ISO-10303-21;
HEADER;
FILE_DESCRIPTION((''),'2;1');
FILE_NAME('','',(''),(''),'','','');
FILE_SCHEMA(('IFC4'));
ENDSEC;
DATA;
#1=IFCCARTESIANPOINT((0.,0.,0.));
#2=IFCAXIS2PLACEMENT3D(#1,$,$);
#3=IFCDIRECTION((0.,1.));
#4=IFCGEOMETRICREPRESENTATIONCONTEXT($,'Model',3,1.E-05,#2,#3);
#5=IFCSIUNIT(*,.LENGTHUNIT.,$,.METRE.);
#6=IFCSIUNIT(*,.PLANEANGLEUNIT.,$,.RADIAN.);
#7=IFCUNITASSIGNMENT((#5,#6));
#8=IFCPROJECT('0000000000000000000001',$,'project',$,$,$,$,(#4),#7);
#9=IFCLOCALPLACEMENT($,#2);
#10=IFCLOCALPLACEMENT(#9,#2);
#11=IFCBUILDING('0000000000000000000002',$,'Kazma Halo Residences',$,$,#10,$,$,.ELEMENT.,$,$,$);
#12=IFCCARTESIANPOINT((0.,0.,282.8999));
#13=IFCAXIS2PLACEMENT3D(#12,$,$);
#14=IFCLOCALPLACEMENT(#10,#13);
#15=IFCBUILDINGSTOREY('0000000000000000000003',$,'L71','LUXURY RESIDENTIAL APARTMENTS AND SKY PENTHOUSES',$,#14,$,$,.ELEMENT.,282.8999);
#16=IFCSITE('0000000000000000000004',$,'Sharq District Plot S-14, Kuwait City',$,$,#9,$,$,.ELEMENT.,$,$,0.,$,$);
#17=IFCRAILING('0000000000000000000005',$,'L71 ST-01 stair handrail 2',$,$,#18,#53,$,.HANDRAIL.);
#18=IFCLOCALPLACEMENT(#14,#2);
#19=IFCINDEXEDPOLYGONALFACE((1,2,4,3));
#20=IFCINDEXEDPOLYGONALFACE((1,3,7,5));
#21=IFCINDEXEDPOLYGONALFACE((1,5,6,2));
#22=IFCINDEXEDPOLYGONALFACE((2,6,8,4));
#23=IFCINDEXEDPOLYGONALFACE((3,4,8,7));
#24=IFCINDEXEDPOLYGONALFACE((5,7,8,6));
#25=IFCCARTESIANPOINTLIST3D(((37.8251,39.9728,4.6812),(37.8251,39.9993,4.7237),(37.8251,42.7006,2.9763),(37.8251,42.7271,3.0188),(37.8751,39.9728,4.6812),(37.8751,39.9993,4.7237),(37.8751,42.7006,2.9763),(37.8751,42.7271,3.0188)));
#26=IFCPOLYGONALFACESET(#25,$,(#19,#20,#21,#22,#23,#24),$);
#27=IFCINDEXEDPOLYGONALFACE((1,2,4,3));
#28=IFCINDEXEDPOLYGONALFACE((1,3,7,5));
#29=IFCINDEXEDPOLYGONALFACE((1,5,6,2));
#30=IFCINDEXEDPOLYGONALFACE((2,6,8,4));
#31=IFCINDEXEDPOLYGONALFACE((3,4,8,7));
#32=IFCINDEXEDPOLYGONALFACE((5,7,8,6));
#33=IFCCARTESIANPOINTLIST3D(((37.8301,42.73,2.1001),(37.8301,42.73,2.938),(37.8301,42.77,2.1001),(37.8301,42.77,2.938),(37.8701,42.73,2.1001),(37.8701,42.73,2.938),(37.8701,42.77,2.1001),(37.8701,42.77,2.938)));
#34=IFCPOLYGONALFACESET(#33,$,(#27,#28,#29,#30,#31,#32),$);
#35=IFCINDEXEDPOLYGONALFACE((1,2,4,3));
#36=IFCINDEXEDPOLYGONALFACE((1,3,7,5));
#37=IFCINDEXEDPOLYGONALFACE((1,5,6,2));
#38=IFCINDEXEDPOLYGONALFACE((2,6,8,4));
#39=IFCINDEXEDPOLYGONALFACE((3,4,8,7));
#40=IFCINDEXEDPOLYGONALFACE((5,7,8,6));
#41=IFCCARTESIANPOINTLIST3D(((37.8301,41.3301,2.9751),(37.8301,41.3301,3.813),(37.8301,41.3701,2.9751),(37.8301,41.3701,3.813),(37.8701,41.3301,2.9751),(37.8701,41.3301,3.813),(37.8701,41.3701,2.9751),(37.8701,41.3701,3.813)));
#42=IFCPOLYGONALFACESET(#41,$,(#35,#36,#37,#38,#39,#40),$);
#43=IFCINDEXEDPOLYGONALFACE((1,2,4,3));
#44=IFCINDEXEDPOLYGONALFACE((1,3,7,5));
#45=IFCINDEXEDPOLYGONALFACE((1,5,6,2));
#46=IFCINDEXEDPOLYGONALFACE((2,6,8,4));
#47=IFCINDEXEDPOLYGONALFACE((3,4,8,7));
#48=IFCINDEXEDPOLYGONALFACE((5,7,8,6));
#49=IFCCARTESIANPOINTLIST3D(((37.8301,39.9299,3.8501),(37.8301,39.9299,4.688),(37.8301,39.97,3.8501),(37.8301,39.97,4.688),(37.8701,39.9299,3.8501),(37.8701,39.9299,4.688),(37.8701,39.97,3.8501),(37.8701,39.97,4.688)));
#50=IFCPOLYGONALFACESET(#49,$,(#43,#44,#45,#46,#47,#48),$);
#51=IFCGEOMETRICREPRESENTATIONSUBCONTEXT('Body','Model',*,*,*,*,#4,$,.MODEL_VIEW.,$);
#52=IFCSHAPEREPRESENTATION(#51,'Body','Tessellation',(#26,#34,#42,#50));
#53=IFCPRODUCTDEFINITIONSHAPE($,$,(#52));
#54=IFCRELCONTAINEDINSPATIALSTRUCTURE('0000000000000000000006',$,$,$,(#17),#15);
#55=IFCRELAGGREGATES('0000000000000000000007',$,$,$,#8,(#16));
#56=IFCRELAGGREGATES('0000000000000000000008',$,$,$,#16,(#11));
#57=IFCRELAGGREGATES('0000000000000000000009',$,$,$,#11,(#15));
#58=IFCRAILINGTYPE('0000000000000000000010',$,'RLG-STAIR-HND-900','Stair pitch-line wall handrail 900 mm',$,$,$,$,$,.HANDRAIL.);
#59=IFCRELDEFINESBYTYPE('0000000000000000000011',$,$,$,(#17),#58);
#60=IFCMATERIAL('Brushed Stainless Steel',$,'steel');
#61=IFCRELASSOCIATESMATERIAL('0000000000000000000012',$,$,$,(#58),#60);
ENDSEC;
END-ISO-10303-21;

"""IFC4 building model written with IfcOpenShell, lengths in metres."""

from ifc_helpers import new_model, si_unit, direction, frame, origin, origin_2d, place, context, subcontext, project, spatial, rectangle, extrude, material, type_object, element, save


model = new_model("IFC4")

# Units and contexts
model_context = context("Model", 3, precision=1e-05, world=origin(), true_north=direction((0.0, 1.0)))
body_context = subcontext(model_context, "Body", "Model", "MODEL_VIEW")
ifc_project = project(units=[si_unit("LENGTHUNIT", "METRE"), si_unit("PLANEANGLEUNIT", "RADIAN")], contexts=[model_context])

# Site, building, storey
site_placement = place(None, origin())
site = spatial("IfcSite", under=ifc_project, at=site_placement, Name="Sharq District Plot S-14, Kuwait City", CompositionType="ELEMENT", RefElevation=0.0)
building_placement = place(site_placement, origin())
building = spatial("IfcBuilding", under=site, at=building_placement, Name="Kazma Halo Residences", CompositionType="ELEMENT")
storey_placement = place(building_placement, frame((0.0, 0.0, 282.8999)))
storey = spatial("IfcBuildingStorey", under=building, at=storey_placement, Name="L71", Description="LUXURY RESIDENTIAL APARTMENTS AND SKY PENTHOUSES", CompositionType="ELEMENT", Elevation=282.8999)

# Railing
ifc_material_1 = material(Name="Brushed Stainless Steel", Category="steel")
railing_type_1 = type_object("IfcRailingType", Name="RLG-STAIR-HND-900", Description="Stair pitch-line wall handrail 900 mm", PredefinedType="HANDRAIL", material=ifc_material_1)
railing_1_placement = place(storey_placement, frame((37.8501, 42.75, 2.1001)))
element("IfcRailing", 1, at=railing_1_placement, inside=storey, type_object=railing_type_1, Name="L71 ST-01 stair handrail 2", PredefinedType="HANDRAIL", context=body_context, shape_type="SweptSolid", body=[
    extrude(rectangle(XDim=0.05, YDim=0.05, at=origin_2d()), frame((0.0, -0.0361, 0.8975), z_axis=(0.0, -0.848002, 0.529992), x_axis=(1.0, 0.0, 0.0)), (0.0, 0.0, 1.0), 3.2168),
    extrude(rectangle(XDim=0.04, YDim=0.04, at=origin_2d()), origin(), (0.0, 0.0, 1.0), 0.8379),
    extrude(rectangle(XDim=0.04, YDim=0.04, at=origin_2d()), frame((0.0, -1.3999, 0.875)), (0.0, 0.0, 1.0), 0.8379),
    extrude(rectangle(XDim=0.04, YDim=0.04, at=origin_2d()), frame((0.0, -2.8, 1.75)), (0.0, 0.0, 1.0), 0.8379),
])

save(model, "model.ifc")
